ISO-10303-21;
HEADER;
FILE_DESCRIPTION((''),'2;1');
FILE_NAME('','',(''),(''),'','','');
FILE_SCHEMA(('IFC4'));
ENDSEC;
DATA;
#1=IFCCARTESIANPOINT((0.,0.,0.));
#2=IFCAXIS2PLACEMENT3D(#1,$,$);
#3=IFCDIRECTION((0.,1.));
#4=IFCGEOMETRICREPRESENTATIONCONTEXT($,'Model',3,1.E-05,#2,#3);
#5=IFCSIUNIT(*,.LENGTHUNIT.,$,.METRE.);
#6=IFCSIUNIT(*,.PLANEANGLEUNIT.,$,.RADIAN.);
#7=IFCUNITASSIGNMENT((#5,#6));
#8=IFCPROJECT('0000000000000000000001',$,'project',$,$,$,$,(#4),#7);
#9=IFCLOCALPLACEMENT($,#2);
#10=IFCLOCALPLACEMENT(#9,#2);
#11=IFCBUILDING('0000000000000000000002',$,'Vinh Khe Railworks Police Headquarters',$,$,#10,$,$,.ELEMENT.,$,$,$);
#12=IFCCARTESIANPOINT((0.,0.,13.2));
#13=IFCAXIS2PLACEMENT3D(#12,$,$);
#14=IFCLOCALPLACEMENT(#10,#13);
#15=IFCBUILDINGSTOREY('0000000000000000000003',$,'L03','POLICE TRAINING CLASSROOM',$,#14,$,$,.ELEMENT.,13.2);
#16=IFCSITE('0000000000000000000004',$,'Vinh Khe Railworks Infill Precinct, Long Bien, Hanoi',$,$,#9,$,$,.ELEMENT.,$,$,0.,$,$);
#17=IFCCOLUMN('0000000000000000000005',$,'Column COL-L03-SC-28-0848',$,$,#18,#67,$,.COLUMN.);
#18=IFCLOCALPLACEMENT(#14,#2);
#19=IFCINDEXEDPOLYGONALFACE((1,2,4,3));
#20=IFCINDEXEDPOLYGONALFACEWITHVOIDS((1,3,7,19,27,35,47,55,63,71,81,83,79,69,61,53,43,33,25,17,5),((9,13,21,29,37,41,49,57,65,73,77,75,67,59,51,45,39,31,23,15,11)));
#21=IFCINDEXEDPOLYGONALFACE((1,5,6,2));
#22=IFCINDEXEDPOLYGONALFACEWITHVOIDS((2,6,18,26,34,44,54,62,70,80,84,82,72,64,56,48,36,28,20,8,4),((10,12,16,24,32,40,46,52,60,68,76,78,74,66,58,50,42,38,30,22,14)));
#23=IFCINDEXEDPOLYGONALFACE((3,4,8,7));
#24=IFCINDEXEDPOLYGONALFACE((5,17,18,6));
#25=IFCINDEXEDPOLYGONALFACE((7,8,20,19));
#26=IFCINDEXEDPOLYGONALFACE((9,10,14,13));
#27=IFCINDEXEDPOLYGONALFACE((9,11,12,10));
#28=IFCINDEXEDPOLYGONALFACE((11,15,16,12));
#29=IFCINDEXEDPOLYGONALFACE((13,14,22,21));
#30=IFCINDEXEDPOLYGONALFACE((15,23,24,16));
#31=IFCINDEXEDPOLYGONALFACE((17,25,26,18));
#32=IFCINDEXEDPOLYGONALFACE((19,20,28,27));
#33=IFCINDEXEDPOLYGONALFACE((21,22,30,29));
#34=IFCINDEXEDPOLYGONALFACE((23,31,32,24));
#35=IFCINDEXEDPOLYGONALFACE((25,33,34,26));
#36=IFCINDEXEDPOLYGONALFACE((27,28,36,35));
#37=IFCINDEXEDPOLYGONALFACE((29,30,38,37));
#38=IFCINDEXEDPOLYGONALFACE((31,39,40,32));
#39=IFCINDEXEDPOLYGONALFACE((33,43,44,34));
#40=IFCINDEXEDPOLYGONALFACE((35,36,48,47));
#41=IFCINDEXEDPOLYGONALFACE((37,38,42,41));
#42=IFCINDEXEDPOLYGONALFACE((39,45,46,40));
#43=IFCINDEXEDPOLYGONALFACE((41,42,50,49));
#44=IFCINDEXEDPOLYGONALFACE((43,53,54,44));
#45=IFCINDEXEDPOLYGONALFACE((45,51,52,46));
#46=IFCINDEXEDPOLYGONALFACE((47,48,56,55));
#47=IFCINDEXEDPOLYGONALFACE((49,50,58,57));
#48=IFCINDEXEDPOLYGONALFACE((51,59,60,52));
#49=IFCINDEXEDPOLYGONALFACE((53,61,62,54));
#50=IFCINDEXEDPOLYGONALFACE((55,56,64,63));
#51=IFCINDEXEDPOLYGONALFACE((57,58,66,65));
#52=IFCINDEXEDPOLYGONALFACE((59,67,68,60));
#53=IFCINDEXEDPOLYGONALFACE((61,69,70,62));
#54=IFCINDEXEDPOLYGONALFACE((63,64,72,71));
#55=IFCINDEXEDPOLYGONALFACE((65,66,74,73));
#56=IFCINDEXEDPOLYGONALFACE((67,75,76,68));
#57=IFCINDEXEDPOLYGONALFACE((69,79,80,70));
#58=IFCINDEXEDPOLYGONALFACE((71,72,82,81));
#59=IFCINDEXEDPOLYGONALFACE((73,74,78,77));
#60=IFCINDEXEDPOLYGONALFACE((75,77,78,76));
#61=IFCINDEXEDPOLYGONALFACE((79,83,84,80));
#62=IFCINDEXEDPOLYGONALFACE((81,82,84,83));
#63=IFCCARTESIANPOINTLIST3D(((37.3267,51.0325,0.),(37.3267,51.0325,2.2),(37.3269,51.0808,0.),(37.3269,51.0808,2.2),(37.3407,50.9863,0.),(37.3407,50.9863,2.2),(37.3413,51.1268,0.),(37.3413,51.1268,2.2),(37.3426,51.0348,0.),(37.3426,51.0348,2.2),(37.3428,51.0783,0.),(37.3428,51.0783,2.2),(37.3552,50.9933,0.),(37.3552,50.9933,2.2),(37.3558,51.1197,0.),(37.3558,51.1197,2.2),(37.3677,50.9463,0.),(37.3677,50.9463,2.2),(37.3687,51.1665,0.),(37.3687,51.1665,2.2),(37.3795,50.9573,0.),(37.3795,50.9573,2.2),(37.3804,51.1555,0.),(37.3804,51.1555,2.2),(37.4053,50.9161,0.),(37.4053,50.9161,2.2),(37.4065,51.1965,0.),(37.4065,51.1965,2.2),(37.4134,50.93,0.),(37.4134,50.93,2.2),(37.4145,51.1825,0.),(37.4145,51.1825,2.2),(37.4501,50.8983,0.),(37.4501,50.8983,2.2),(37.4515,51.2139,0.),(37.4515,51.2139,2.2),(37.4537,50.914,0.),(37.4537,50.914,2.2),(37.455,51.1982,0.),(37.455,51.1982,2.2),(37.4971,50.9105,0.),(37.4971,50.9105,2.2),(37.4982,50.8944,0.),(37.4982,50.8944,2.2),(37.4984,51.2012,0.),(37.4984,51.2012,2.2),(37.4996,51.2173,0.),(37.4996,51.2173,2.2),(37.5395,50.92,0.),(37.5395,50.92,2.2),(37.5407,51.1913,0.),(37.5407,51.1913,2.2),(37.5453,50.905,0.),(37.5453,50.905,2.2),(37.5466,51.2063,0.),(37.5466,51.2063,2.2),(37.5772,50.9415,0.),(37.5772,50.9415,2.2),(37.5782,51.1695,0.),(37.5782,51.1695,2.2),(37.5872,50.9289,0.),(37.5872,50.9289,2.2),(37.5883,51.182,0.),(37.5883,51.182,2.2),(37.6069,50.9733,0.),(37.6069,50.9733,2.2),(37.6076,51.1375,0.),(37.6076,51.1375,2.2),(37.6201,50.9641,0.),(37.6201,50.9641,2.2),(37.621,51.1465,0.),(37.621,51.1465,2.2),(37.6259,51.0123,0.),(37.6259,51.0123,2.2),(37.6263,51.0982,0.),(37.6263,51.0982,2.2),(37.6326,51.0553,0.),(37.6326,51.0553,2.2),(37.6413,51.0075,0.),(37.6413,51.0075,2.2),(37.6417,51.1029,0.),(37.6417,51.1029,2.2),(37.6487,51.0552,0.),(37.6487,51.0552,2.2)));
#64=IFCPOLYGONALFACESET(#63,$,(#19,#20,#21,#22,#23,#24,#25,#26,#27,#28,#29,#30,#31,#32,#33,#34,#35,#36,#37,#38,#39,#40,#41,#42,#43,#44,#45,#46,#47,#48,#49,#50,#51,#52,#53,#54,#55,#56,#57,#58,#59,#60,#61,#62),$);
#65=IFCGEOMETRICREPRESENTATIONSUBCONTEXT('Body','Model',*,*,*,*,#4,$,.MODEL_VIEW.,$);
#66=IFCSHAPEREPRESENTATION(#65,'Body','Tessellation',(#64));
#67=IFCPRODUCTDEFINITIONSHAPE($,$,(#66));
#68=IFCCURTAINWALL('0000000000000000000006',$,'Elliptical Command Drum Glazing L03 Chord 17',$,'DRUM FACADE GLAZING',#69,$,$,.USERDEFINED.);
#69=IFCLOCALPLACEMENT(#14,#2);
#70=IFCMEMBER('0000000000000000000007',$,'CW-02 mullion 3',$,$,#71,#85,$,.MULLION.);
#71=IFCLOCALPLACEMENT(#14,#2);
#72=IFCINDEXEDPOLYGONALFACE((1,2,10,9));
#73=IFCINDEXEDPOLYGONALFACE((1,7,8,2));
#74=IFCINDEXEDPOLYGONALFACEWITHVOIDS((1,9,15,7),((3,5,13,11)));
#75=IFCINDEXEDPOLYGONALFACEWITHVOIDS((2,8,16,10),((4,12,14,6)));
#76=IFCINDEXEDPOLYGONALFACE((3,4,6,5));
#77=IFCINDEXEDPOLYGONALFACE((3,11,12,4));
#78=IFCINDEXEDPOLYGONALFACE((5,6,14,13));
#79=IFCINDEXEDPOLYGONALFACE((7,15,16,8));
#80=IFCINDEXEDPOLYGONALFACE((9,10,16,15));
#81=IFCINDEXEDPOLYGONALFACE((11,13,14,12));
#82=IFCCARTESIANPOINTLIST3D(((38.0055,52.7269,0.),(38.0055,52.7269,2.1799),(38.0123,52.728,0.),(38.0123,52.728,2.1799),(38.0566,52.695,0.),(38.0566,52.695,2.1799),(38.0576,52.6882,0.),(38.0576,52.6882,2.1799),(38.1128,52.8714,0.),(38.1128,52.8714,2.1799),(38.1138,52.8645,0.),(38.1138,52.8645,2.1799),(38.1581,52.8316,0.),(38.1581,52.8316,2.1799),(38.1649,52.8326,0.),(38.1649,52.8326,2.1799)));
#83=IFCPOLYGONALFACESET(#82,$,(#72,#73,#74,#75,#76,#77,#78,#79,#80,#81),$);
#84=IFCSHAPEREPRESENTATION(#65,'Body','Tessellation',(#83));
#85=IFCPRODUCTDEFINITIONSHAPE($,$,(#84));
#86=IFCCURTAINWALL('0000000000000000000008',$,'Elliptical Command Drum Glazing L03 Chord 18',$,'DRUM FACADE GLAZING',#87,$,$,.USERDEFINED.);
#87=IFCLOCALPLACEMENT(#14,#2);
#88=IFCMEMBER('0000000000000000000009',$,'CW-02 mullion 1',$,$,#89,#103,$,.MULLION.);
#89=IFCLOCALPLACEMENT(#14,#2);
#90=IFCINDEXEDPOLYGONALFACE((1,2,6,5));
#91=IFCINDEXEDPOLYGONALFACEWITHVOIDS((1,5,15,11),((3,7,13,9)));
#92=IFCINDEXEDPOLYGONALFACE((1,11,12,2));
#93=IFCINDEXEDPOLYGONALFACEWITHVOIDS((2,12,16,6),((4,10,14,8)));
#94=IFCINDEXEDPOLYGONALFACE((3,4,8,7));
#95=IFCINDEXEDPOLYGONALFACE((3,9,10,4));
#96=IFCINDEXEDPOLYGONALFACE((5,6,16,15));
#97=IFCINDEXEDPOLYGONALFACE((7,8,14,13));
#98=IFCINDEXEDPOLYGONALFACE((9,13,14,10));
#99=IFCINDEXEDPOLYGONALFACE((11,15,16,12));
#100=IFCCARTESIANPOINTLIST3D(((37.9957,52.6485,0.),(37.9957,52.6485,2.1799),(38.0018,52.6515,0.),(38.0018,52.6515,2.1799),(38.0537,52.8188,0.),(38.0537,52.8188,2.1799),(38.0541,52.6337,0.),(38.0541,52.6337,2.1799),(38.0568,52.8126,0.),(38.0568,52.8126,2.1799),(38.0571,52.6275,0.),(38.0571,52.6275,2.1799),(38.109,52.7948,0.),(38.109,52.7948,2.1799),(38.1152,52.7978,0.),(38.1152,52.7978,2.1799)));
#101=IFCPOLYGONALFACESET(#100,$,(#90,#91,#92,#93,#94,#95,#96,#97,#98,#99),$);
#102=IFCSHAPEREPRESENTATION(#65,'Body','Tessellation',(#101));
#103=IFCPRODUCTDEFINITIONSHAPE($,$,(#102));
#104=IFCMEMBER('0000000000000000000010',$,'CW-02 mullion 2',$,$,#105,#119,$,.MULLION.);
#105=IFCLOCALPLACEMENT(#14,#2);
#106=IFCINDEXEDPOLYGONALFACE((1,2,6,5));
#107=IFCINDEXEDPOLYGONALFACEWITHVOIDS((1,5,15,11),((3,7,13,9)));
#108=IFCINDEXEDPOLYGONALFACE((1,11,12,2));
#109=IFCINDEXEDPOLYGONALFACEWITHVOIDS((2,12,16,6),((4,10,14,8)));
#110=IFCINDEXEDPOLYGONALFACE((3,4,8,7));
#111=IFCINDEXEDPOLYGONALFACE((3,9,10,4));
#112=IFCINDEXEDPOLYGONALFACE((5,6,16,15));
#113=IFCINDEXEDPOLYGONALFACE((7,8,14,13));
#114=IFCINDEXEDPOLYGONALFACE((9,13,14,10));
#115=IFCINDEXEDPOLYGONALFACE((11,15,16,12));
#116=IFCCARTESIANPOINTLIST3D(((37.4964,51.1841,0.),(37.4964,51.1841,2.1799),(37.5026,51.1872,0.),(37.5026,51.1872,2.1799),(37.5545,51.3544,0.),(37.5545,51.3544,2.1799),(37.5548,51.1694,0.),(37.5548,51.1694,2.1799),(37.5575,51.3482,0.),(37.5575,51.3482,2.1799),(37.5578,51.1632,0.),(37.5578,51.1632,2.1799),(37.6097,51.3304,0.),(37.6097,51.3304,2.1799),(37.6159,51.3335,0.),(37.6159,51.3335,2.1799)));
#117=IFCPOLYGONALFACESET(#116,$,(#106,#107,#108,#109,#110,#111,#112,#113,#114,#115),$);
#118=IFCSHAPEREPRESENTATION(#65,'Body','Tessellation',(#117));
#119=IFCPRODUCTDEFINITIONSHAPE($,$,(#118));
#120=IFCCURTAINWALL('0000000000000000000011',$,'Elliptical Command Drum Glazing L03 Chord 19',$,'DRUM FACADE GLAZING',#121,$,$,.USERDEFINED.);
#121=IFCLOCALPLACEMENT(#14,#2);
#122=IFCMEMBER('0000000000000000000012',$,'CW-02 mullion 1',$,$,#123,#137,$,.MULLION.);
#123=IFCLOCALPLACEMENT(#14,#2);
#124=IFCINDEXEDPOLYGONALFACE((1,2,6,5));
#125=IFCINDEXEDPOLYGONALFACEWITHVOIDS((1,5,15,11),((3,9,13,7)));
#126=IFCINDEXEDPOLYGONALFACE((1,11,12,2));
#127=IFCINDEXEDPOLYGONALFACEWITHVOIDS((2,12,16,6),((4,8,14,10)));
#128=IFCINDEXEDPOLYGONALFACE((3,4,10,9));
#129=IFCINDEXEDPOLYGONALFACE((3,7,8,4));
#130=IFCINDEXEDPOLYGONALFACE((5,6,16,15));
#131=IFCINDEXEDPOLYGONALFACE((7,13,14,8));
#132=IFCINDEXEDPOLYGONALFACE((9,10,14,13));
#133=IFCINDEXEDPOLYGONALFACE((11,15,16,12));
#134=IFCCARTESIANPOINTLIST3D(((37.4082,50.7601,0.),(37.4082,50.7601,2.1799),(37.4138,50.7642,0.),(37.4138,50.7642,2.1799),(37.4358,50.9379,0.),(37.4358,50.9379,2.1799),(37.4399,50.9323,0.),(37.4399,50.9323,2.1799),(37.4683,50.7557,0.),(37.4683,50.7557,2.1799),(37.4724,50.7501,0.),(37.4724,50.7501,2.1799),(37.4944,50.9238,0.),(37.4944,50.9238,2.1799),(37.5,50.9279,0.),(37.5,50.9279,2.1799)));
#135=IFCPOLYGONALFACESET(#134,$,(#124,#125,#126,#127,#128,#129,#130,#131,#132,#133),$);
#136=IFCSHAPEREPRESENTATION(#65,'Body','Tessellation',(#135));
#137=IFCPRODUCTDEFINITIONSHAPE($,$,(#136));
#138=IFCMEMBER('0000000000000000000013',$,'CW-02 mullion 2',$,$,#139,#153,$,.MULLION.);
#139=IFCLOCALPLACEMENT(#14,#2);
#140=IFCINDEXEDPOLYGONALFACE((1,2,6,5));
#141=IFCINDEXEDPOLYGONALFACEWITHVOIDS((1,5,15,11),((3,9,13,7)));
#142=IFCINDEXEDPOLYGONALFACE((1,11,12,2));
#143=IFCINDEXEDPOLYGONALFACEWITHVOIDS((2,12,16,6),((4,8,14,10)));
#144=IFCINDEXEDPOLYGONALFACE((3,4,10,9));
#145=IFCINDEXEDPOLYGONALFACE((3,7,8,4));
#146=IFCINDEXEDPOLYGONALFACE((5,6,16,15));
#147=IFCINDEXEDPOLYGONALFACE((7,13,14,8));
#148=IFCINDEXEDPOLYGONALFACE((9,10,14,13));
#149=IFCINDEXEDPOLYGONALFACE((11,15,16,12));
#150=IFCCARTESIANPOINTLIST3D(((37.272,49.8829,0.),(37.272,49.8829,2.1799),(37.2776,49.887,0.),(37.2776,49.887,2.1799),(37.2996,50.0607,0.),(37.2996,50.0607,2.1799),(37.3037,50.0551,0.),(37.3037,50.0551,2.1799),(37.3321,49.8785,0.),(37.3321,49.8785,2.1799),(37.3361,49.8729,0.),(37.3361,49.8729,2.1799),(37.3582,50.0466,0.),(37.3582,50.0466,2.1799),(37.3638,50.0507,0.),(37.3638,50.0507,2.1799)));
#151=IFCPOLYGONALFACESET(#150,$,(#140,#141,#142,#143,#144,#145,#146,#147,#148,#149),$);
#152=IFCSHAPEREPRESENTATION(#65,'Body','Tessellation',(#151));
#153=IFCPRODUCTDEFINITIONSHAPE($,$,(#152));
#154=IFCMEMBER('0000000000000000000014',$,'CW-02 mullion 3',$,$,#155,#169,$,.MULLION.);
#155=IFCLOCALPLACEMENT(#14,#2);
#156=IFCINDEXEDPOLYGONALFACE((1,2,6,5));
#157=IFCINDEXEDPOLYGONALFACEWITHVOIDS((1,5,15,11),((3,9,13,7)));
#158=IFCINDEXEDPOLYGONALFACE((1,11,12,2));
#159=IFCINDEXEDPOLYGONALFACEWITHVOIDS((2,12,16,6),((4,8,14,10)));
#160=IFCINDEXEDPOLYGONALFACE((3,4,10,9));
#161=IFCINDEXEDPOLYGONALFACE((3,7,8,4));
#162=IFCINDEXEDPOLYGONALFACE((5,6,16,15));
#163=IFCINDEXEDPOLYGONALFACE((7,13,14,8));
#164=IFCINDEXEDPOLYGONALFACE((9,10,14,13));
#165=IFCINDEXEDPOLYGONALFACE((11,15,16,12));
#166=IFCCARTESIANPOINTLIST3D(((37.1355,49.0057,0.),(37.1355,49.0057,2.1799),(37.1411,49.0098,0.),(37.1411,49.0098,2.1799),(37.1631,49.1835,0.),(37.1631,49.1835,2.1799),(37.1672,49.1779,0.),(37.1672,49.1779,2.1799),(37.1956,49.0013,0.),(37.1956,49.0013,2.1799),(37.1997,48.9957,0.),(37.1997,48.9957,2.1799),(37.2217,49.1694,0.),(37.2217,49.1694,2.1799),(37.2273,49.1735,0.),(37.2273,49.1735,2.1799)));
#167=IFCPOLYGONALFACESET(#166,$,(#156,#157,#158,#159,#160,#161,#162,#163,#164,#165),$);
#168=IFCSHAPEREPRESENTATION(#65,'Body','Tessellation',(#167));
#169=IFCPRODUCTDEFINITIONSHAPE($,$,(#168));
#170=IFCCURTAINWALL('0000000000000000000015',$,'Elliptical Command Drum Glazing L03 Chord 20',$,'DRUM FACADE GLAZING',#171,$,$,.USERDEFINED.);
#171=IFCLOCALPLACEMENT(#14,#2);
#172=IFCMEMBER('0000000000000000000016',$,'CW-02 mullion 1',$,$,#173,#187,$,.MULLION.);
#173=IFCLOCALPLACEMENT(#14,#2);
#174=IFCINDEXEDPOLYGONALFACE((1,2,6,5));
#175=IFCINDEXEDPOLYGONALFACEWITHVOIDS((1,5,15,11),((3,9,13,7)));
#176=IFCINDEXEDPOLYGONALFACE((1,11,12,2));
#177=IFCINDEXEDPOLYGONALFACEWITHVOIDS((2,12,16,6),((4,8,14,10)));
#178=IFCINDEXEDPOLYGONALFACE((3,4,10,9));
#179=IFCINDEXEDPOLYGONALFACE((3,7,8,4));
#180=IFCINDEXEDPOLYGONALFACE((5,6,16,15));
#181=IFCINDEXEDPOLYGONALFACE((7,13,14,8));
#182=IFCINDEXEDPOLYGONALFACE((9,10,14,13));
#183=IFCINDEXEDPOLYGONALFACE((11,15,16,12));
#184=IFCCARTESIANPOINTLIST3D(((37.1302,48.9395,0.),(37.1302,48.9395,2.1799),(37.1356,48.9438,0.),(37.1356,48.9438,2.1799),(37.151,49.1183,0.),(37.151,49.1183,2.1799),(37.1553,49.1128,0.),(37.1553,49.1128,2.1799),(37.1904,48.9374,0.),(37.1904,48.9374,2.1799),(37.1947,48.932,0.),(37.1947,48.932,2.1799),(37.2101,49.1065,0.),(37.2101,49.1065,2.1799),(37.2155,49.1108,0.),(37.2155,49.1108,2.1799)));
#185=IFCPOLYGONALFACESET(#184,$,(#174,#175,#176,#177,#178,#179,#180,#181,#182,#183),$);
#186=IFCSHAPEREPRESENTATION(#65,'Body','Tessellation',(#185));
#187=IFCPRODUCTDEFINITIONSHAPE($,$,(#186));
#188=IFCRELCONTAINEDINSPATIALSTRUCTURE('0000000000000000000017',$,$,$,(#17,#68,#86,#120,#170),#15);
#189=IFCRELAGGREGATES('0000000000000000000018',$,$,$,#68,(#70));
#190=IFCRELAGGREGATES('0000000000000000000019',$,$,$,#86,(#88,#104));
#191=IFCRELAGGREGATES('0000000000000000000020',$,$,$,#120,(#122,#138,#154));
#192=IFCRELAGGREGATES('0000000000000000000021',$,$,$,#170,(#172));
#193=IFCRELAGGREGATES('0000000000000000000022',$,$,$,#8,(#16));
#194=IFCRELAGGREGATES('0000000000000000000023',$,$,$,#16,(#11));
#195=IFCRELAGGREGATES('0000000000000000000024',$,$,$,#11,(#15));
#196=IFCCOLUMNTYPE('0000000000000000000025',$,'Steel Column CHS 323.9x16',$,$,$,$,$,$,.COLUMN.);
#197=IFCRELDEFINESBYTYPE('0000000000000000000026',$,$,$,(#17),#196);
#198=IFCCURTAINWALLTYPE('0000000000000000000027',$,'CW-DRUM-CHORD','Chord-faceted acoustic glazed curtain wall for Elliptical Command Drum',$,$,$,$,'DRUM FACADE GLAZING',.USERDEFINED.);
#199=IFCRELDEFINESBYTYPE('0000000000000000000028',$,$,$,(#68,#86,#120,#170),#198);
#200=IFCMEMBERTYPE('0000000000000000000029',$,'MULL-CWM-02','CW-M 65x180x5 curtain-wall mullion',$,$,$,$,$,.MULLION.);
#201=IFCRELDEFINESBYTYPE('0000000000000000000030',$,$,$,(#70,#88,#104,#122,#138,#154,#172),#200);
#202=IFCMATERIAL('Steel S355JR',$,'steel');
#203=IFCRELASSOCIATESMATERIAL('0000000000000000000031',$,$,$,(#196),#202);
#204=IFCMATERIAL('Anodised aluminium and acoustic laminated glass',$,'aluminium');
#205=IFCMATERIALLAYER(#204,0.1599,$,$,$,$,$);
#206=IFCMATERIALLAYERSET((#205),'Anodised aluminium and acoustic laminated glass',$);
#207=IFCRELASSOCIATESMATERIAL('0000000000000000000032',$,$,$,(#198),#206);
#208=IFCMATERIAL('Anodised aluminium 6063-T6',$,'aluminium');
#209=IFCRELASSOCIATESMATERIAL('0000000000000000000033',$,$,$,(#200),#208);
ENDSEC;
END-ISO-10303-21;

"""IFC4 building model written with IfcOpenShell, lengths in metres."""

from ifc_helpers import new_model, si_unit, direction, frame, origin, origin_2d, place, context, subcontext, project, spatial, hollow_rectangle, hollow_circle, extrude, material, layer, layer_set, material_profile, profile_set, type_object, element, aggregate, save


model = new_model("IFC4")

# Units and contexts
model_context = context("Model", 3, precision=1e-05, world=origin(), true_north=direction((0.0, 1.0)))
body_context = subcontext(model_context, "Body", "Model", "MODEL_VIEW")
ifc_project = project(units=[si_unit("LENGTHUNIT", "METRE"), si_unit("PLANEANGLEUNIT", "RADIAN")], contexts=[model_context])

# Site, building, storey
site_placement = place(None, origin())
site = spatial("IfcSite", under=ifc_project, at=site_placement, Name="Vinh Khe Railworks Infill Precinct, Long Bien, Hanoi", CompositionType="ELEMENT", RefElevation=0.0)
building_placement = place(site_placement, origin())
building = spatial("IfcBuilding", under=site, at=building_placement, Name="Vinh Khe Railworks Police Headquarters", CompositionType="ELEMENT")
storey_placement = place(building_placement, frame((0.0, 0.0, 13.2)))
storey = spatial("IfcBuildingStorey", under=building, at=storey_placement, Name="L03", Description="POLICE TRAINING CLASSROOM", CompositionType="ELEMENT", Elevation=13.2)

# Column
ifc_material_1 = material(Name="Steel S355JR", Category="steel")
ifc_material_profile_1 = material_profile(ifc_material_1, hollow_circle(Radius=0.1619, WallThickness=0.0161, at=origin_2d()), Name="CHS 323.9x16")
ifc_profile_set_1 = profile_set([ifc_material_profile_1], Name="Steel S355JR")
column_type = type_object("IfcColumnType", Name="Steel Column CHS 323.9x16", PredefinedType="COLUMN", material=ifc_profile_set_1)
column_placement = place(storey_placement, frame((37.4868, 51.0559, 0.0), z_axis=(0.0, 0.0, 1.0), x_axis=(-0.988148, 0.153503, 0.0)))
element("IfcColumn", 1, at=column_placement, inside=storey, type_object=column_type, Name="Column COL-L03-SC-28-0848", PredefinedType="COLUMN", context=body_context, shape_type="SweptSolid", body=[
    extrude(hollow_circle(Radius=0.1619, WallThickness=0.0161, at=origin_2d()), origin(), (0.0, 0.0, 1.0), 2.2),
])

# Curtain wall, member
ifc_material_2 = material(Name="Anodised aluminium and acoustic laminated glass", Category="aluminium")
ifc_layer_1 = layer(ifc_material_2, 0.1599)
ifc_layer_set_1 = layer_set([ifc_layer_1], Name="Anodised aluminium and acoustic laminated glass")
curtain_wall_type = type_object("IfcCurtainWallType", Name="CW-DRUM-CHORD", Description="Chord-faceted acoustic glazed curtain wall for Elliptical Command Drum", ElementType="DRUM FACADE GLAZING", PredefinedType="USERDEFINED", material=ifc_layer_set_1)
curtain_wall_1_placement = place(storey_placement, origin())
curtain_wall_1 = element("IfcCurtainWall", 2, at=curtain_wall_1_placement, inside=storey, type_object=curtain_wall_type, Name="Elliptical Command Drum Glazing L03 Chord 17", ObjectType="DRUM FACADE GLAZING", PredefinedType="USERDEFINED")
ifc_material_3 = material(Name="Anodised aluminium 6063-T6", Category="aluminium")
ifc_material_profile_2 = material_profile(ifc_material_3, hollow_rectangle(XDim=0.0649, YDim=0.1799, WallThickness=0.0049, at=origin_2d()), Name="CW-M 65x180x5")
ifc_profile_set_2 = profile_set([ifc_material_profile_2], Name="Anodised aluminium 6063-T6")
member_type_1 = type_object("IfcMemberType", Name="MULL-CWM-02", Description="CW-M 65x180x5 curtain-wall mullion", PredefinedType="MULLION", material=ifc_profile_set_2)
member_1_placement = place(storey_placement, frame((38.0852, 52.7798, 0.0), z_axis=(0.0, 0.0, 1.0), x_axis=(0.802592, -0.596528, 0.0)))
member_1 = element("IfcMember", 3, at=member_1_placement, type_object=member_type_1, Name="CW-02 mullion 3", PredefinedType="MULLION", context=body_context, shape_type="SweptSolid", body=[
    extrude(hollow_rectangle(XDim=0.0649, YDim=0.1799, WallThickness=0.0049, at=origin_2d()), origin(), (0.0, 0.0, 1.0), 2.1799),
])

# Curtain walls, members
curtain_wall_2_placement = place(storey_placement, origin())
curtain_wall_2 = element("IfcCurtainWall", 4, at=curtain_wall_2_placement, inside=storey, type_object=curtain_wall_type, Name="Elliptical Command Drum Glazing L03 Chord 18", ObjectType="DRUM FACADE GLAZING", PredefinedType="USERDEFINED")
member_2_placement = place(storey_placement, frame((38.0554, 52.7231, 0.0), z_axis=(0.0, 0.0, 1.0), x_axis=(0.946485, -0.322749, 0.0)))
member_2 = element("IfcMember", 5, at=member_2_placement, type_object=member_type_1, Name="CW-02 mullion 1", PredefinedType="MULLION", context=body_context, shape_type="SweptSolid", body=[
    extrude(hollow_rectangle(XDim=0.0649, YDim=0.1799, WallThickness=0.0049, at=origin_2d()), origin(), (0.0, 0.0, 1.0), 2.1799),
])
member_3_placement = place(storey_placement, frame((37.5562, 51.2588, 0.0), z_axis=(0.0, 0.0, 1.0), x_axis=(0.946485, -0.322749, 0.0)))
member_3 = element("IfcMember", 6, at=member_3_placement, type_object=member_type_1, Name="CW-02 mullion 2", PredefinedType="MULLION", context=body_context, shape_type="SweptSolid", body=[
    extrude(hollow_rectangle(XDim=0.0649, YDim=0.1799, WallThickness=0.0049, at=origin_2d()), origin(), (0.0, 0.0, 1.0), 2.1799),
])
curtain_wall_3_placement = place(storey_placement, origin())
curtain_wall_3 = element("IfcCurtainWall", 7, at=curtain_wall_3_placement, inside=storey, type_object=curtain_wall_type, Name="Elliptical Command Drum Glazing L03 Chord 19", ObjectType="DRUM FACADE GLAZING", PredefinedType="USERDEFINED")
member_4_placement = place(storey_placement, frame((37.4541, 50.844, 0.0), z_axis=(0.0, 0.0, 1.0), x_axis=(0.98815, -0.153489, 0.0)))
member_4 = element("IfcMember", 8, at=member_4_placement, type_object=member_type_1, Name="CW-02 mullion 1", PredefinedType="MULLION", context=body_context, shape_type="SweptSolid", body=[
    extrude(hollow_rectangle(XDim=0.0649, YDim=0.1799, WallThickness=0.0049, at=origin_2d()), origin(), (0.0, 0.0, 1.0), 2.1799),
])
member_5_placement = place(storey_placement, frame((37.3179, 49.9668, 0.0), z_axis=(0.0, 0.0, 1.0), x_axis=(0.98815, -0.153489, 0.0)))
member_5 = element("IfcMember", 9, at=member_5_placement, type_object=member_type_1, Name="CW-02 mullion 2", PredefinedType="MULLION", context=body_context, shape_type="SweptSolid", body=[
    extrude(hollow_rectangle(XDim=0.0649, YDim=0.1799, WallThickness=0.0049, at=origin_2d()), origin(), (0.0, 0.0, 1.0), 2.1799),
])
member_6_placement = place(storey_placement, frame((37.1814, 49.0896, 0.0), z_axis=(0.0, 0.0, 1.0), x_axis=(0.98815, -0.153489, 0.0)))
member_6 = element("IfcMember", 10, at=member_6_placement, type_object=member_type_1, Name="CW-02 mullion 3", PredefinedType="MULLION", context=body_context, shape_type="SweptSolid", body=[
    extrude(hollow_rectangle(XDim=0.0649, YDim=0.1799, WallThickness=0.0049, at=origin_2d()), origin(), (0.0, 0.0, 1.0), 2.1799),
])

# Curtain wall, member
curtain_wall_4_placement = place(storey_placement, origin())
curtain_wall_4 = element("IfcCurtainWall", 11, at=curtain_wall_4_placement, inside=storey, type_object=curtain_wall_type, Name="Elliptical Command Drum Glazing L03 Chord 20", ObjectType="DRUM FACADE GLAZING", PredefinedType="USERDEFINED")
member_7_placement = place(storey_placement, frame((37.1729, 49.0251, 0.0), z_axis=(0.0, 0.0, 1.0), x_axis=(0.993329, -0.115318, 0.0)))
member_7 = element("IfcMember", 12, at=member_7_placement, type_object=member_type_1, Name="CW-02 mullion 1", PredefinedType="MULLION", context=body_context, shape_type="SweptSolid", body=[
    extrude(hollow_rectangle(XDim=0.0649, YDim=0.1799, WallThickness=0.0049, at=origin_2d()), origin(), (0.0, 0.0, 1.0), 2.1799),
])

aggregate(curtain_wall_1, [member_1])
aggregate(curtain_wall_2, [member_2, member_3])
aggregate(curtain_wall_3, [member_4, member_5, member_6])
aggregate(curtain_wall_4, [member_7])

save(model, "model.ifc")
